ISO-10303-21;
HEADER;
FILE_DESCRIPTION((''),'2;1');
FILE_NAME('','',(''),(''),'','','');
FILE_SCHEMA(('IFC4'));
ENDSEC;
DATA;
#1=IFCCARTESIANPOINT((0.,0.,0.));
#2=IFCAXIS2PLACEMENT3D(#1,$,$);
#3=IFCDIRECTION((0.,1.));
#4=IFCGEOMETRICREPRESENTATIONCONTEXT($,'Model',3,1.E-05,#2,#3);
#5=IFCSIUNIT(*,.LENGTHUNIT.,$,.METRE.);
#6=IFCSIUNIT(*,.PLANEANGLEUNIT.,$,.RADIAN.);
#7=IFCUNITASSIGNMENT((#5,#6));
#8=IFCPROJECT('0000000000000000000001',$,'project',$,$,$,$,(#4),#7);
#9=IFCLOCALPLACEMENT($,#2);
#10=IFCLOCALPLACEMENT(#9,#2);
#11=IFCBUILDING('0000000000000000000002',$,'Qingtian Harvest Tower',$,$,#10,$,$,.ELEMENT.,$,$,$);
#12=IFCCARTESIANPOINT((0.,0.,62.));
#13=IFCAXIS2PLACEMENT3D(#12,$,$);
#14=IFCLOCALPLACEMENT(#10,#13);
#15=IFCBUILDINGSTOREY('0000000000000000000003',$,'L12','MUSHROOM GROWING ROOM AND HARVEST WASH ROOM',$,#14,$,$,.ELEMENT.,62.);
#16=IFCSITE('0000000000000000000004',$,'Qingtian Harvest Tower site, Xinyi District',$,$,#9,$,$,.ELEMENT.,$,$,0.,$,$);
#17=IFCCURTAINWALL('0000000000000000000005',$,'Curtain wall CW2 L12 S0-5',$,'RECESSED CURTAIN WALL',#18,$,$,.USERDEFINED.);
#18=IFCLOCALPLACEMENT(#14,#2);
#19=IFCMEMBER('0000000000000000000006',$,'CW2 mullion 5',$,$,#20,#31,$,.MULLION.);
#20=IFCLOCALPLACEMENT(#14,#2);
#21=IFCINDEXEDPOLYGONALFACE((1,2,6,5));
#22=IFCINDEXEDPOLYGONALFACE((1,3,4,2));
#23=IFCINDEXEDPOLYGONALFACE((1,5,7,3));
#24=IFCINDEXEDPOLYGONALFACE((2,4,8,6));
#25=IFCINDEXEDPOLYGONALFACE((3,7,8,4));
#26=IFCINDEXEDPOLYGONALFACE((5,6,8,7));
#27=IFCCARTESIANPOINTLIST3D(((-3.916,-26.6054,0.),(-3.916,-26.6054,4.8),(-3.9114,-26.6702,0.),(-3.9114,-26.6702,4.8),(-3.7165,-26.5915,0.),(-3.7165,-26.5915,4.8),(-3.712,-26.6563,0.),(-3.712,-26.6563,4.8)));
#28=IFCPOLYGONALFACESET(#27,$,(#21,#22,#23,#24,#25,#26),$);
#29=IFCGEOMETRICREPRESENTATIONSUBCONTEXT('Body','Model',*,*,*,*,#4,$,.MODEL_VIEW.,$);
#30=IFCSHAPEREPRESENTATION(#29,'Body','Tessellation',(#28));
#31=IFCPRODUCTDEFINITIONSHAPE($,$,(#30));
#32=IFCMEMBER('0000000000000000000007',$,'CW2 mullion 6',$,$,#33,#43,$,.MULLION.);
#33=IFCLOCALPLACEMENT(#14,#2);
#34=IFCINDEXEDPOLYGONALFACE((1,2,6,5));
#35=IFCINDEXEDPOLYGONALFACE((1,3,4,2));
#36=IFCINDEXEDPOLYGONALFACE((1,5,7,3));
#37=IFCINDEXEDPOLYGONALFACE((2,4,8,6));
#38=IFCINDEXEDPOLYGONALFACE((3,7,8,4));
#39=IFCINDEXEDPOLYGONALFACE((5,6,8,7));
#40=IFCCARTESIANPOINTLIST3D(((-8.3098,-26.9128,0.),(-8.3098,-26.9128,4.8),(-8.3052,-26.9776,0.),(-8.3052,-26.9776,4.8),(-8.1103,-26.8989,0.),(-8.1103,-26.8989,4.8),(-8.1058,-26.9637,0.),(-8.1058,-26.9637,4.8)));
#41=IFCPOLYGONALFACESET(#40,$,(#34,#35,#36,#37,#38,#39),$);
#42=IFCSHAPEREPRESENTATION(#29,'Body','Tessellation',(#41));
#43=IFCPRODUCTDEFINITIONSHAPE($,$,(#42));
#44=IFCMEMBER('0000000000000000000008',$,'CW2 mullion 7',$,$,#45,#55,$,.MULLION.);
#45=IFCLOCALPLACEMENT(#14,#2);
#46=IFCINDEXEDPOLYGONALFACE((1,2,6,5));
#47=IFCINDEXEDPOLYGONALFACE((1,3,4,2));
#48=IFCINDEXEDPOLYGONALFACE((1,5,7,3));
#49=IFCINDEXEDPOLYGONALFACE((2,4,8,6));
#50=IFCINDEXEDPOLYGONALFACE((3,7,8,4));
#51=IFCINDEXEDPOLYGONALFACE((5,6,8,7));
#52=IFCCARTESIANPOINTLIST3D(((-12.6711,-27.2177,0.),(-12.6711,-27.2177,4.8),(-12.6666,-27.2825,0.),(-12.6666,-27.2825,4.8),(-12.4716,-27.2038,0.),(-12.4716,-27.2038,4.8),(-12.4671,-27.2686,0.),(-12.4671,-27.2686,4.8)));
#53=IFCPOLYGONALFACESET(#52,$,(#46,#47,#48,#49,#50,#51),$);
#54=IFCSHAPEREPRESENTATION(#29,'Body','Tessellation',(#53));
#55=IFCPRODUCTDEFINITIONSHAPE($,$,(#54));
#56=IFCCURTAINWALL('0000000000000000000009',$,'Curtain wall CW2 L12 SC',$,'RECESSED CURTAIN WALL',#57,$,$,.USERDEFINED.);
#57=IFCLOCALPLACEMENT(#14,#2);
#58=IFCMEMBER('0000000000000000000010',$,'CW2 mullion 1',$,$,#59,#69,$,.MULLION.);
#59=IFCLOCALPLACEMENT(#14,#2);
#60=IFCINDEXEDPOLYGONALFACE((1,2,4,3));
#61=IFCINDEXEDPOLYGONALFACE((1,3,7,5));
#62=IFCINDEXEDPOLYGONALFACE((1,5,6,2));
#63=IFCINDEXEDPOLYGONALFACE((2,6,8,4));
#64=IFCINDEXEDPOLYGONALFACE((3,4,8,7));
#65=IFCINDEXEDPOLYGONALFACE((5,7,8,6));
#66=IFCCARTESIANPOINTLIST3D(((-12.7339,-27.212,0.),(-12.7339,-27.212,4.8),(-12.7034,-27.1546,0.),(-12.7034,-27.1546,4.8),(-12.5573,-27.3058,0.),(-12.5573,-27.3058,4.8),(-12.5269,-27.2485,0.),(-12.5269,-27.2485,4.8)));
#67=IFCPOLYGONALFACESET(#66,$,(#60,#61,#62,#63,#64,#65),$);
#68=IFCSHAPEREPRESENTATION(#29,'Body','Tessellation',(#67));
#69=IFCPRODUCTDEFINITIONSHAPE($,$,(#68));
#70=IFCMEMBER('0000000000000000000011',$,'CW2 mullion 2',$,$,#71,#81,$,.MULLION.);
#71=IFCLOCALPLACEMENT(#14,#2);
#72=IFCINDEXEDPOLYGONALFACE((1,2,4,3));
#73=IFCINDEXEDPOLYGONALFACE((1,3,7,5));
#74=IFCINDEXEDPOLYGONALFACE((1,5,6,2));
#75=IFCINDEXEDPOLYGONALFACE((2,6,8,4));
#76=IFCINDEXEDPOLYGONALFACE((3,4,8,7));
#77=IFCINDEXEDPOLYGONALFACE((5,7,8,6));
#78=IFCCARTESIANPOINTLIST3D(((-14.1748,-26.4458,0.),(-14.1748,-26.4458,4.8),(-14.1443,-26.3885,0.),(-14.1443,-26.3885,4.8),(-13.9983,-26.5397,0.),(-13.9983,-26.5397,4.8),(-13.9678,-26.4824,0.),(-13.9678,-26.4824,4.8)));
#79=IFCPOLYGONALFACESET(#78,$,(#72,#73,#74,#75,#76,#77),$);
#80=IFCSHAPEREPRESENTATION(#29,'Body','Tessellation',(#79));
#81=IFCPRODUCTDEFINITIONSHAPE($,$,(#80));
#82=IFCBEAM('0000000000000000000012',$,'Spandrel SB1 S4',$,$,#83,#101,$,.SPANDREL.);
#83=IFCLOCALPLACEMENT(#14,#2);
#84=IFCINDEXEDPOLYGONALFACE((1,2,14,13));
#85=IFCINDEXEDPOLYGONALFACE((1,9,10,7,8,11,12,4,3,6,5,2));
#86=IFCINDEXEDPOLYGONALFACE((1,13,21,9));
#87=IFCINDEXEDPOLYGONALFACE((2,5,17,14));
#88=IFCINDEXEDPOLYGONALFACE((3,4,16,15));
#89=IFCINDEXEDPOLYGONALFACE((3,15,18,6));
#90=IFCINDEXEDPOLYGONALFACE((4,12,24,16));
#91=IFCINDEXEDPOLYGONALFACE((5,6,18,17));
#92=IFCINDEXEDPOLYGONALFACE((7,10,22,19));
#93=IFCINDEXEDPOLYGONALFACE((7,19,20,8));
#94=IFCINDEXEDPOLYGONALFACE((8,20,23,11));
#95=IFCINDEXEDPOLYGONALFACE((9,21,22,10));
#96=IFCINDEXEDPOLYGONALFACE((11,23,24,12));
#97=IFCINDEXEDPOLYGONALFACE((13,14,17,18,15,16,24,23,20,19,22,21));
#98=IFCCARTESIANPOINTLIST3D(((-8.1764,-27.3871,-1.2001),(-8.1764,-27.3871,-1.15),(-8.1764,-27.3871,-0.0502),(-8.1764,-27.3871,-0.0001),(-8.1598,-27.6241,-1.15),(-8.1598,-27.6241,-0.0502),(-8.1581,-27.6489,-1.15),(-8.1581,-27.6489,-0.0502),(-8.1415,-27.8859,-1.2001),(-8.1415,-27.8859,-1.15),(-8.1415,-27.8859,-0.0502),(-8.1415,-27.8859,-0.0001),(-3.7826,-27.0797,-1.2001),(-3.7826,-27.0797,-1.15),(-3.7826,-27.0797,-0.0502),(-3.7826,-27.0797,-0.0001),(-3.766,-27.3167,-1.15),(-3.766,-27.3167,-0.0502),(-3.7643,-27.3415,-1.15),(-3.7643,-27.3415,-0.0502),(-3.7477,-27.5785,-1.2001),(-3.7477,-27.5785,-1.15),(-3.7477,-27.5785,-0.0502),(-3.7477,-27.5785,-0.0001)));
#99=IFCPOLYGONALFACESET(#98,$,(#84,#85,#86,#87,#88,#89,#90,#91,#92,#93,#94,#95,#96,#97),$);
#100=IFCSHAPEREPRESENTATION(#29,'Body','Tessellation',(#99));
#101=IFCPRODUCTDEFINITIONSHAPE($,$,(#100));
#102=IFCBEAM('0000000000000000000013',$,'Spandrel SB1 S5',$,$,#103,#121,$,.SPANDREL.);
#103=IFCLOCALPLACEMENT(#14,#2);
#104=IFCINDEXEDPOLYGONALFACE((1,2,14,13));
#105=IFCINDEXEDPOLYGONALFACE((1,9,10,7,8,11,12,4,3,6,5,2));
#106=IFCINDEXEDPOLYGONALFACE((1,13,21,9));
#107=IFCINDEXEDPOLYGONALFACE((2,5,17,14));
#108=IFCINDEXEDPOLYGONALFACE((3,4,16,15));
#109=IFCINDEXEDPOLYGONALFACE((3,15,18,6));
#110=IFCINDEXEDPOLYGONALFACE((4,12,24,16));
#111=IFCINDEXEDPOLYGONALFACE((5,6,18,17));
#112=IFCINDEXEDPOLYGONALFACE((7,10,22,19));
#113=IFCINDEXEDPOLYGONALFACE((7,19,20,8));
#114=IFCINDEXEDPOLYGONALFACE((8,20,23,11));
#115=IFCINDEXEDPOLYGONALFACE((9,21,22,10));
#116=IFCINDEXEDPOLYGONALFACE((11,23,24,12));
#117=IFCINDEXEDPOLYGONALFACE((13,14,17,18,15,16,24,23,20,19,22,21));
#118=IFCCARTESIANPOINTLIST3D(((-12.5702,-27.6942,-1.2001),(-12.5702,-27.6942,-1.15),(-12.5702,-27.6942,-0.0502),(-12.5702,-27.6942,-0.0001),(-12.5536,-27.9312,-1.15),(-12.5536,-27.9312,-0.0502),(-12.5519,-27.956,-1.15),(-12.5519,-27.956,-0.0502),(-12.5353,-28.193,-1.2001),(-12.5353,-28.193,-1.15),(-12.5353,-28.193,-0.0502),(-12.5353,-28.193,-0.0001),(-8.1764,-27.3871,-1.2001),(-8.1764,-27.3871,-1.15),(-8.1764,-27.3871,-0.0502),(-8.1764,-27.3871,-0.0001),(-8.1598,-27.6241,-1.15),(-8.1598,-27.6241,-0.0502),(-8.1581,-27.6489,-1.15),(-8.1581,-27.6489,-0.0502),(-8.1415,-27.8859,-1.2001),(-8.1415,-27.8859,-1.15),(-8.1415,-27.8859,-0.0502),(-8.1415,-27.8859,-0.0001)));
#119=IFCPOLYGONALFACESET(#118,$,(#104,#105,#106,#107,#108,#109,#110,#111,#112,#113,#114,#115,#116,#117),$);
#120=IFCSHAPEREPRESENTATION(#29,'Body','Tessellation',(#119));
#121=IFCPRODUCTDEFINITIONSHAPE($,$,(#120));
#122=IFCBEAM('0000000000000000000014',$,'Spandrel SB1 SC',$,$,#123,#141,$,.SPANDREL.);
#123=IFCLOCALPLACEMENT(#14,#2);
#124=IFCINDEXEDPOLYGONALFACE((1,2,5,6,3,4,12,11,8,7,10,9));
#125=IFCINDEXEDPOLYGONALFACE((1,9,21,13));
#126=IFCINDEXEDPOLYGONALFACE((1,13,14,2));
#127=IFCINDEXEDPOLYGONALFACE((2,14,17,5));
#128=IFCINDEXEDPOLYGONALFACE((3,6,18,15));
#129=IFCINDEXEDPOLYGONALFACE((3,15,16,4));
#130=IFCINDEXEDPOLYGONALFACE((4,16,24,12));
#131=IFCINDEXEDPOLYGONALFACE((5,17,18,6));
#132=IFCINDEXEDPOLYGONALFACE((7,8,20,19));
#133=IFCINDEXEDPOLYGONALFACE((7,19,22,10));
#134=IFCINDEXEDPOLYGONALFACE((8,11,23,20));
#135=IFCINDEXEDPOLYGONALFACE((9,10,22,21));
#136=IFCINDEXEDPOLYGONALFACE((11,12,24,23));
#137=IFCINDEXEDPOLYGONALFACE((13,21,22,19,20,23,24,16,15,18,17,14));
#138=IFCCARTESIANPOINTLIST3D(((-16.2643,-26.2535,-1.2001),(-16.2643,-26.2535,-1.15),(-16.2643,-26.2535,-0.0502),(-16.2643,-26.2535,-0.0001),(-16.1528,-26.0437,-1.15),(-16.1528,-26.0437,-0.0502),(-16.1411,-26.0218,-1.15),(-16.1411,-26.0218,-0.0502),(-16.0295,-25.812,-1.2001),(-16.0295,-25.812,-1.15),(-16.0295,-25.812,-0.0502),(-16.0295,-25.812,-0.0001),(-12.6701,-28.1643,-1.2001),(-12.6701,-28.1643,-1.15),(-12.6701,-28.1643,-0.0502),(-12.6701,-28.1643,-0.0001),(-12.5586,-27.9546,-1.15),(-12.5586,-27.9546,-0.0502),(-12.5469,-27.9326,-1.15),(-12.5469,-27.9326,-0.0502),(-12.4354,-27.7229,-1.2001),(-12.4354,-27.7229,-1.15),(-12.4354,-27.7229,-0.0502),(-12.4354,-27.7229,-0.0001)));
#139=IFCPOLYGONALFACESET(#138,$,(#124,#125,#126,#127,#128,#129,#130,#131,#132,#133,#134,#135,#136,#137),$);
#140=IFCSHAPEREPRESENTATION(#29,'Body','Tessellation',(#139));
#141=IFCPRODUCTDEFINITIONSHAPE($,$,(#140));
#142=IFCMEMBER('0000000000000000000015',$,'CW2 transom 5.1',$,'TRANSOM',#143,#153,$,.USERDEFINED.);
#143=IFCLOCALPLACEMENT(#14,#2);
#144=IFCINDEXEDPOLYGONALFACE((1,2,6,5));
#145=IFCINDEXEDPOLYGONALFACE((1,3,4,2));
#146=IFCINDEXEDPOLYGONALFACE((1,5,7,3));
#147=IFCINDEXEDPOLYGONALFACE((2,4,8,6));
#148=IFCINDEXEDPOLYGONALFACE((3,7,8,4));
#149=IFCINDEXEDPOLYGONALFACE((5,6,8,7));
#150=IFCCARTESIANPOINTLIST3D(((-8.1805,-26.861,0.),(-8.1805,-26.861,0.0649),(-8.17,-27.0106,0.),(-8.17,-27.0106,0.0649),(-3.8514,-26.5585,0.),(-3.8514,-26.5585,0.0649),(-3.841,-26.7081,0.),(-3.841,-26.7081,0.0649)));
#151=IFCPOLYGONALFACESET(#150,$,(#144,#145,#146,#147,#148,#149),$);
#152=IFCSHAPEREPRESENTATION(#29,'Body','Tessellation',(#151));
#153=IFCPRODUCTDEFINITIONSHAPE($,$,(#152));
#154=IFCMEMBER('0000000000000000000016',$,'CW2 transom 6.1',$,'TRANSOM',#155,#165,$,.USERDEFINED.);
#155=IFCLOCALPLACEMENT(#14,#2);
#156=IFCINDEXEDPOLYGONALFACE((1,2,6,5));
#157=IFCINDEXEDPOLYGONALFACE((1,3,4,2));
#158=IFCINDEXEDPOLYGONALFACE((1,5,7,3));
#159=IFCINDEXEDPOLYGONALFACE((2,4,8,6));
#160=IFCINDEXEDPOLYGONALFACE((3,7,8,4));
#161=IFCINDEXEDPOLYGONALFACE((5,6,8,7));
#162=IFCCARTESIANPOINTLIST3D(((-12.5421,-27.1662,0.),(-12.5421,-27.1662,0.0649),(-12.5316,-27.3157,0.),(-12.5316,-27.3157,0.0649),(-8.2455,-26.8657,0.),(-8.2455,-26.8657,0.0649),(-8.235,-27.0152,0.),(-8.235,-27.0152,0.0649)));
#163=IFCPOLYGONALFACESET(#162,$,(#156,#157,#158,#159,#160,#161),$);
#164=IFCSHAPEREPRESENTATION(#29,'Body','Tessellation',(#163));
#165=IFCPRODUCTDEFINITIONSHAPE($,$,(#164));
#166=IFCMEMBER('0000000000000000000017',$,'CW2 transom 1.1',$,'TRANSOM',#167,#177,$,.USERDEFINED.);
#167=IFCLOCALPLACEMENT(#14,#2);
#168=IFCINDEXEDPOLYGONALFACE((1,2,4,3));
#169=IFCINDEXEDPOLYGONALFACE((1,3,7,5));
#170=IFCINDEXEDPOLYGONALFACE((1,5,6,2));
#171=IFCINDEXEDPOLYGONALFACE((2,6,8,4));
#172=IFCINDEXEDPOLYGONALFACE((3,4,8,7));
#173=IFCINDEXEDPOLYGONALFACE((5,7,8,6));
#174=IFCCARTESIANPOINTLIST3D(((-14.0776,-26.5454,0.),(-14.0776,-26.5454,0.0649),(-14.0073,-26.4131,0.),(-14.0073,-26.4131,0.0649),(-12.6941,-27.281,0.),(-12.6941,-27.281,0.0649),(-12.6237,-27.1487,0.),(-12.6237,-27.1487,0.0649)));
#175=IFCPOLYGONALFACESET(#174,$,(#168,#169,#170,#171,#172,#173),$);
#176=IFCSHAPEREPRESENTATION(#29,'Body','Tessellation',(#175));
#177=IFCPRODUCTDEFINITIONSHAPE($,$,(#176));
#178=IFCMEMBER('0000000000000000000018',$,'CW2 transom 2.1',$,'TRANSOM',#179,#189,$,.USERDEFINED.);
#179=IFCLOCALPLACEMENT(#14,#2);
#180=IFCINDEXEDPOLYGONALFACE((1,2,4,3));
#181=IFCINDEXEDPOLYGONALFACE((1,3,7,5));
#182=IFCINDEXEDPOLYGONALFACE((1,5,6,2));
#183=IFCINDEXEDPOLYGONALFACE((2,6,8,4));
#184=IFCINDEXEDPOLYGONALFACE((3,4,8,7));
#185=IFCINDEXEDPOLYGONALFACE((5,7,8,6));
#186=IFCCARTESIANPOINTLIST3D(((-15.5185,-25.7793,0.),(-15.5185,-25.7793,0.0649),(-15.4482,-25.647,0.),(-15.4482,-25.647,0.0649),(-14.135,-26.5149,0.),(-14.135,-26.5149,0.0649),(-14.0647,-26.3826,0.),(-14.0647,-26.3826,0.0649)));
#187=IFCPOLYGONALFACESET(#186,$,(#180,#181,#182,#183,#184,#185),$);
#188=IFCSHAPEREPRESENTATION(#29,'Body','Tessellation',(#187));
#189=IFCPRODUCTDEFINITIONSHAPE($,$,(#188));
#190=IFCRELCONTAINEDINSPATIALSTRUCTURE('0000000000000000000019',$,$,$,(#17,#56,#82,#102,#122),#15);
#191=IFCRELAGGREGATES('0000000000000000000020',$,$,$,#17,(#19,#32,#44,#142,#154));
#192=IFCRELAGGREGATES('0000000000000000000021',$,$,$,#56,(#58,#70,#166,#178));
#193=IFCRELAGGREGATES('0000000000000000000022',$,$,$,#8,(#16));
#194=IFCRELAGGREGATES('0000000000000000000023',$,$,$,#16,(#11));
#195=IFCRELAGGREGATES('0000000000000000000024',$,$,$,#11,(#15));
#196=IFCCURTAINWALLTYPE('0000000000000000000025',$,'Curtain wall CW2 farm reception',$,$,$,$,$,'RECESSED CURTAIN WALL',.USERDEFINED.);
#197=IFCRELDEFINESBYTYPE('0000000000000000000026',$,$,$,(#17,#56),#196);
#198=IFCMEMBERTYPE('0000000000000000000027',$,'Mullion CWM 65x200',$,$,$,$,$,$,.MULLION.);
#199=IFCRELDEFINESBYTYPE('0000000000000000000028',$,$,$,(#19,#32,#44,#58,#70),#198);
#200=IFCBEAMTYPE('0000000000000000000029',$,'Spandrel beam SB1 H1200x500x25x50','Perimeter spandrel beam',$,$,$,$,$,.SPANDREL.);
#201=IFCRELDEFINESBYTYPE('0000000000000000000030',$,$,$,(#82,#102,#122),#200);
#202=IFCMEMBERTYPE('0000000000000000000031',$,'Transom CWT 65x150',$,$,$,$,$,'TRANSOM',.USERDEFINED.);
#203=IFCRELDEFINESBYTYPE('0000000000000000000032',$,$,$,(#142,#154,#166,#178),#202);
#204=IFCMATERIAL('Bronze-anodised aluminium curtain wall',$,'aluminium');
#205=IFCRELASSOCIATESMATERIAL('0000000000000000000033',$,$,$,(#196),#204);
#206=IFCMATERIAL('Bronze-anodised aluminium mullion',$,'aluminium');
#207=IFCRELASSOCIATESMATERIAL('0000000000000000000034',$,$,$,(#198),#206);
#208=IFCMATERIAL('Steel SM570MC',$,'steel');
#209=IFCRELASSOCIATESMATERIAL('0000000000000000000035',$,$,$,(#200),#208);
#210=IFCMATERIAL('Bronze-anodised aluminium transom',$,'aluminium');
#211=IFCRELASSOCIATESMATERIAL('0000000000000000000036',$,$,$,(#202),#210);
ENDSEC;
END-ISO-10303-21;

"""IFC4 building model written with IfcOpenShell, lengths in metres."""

from ifc_helpers import new_model, si_unit, direction, frame, origin, origin_2d, place, context, subcontext, project, spatial, rectangle, i_section, extrude, material, material_profile, profile_set, type_object, element, aggregate, save


model = new_model("IFC4")

# Units and contexts
model_context = context("Model", 3, precision=1e-05, world=origin(), true_north=direction((0.0, 1.0)))
body_context = subcontext(model_context, "Body", "Model", "MODEL_VIEW")
ifc_project = project(units=[si_unit("LENGTHUNIT", "METRE"), si_unit("PLANEANGLEUNIT", "RADIAN")], contexts=[model_context])

# Site, building, storey
site_placement = place(None, origin())
site = spatial("IfcSite", under=ifc_project, at=site_placement, Name="Qingtian Harvest Tower site, Xinyi District", CompositionType="ELEMENT", RefElevation=0.0)
building_placement = place(site_placement, origin())
building = spatial("IfcBuilding", under=site, at=building_placement, Name="Qingtian Harvest Tower", CompositionType="ELEMENT")
storey_placement = place(building_placement, frame((0.0, 0.0, 62.0)))
storey = spatial("IfcBuildingStorey", under=building, at=storey_placement, Name="L12", Description="MUSHROOM GROWING ROOM AND HARVEST WASH ROOM", CompositionType="ELEMENT", Elevation=62.0)

# Curtain walls, members
ifc_material_1 = material(Name="Bronze-anodised aluminium curtain wall", Category="aluminium")
curtain_wall_type = type_object("IfcCurtainWallType", Name="Curtain wall CW2 farm reception", ElementType="RECESSED CURTAIN WALL", PredefinedType="USERDEFINED", material=ifc_material_1)
curtain_wall_1_placement = place(storey_placement, origin())
curtain_wall_1 = element("IfcCurtainWall", 1, at=curtain_wall_1_placement, inside=storey, type_object=curtain_wall_type, Name="Curtain wall CW2 L12 S0-5", ObjectType="RECESSED CURTAIN WALL", PredefinedType="USERDEFINED")
ifc_material_2 = material(Name="Bronze-anodised aluminium mullion", Category="aluminium")
ifc_material_profile_1 = material_profile(ifc_material_2, rectangle(XDim=0.0649, YDim=0.2, at=origin_2d()), Name="AL 65x200")
ifc_profile_set_1 = profile_set([ifc_material_profile_1], Name="Bronze-anodised aluminium mullion")
member_type_1 = type_object("IfcMemberType", Name="Mullion CWM 65x200", PredefinedType="MULLION", material=ifc_profile_set_1)
member_1_placement = place(storey_placement, frame((-3.814, -26.6309, 0.0), z_axis=(0.0, 0.0, 1.0), x_axis=(0.069756, -0.997564, 0.0)))
member_1 = element("IfcMember", 2, at=member_1_placement, type_object=member_type_1, Name="CW2 mullion 5", PredefinedType="MULLION", context=body_context, shape_type="SweptSolid", body=[
    extrude(rectangle(XDim=0.0649, YDim=0.2, at=origin_2d()), origin(), (0.0, 0.0, 1.0), 4.8),
])
member_2_placement = place(storey_placement, frame((-8.2078, -26.9382, 0.0), z_axis=(0.0, 0.0, 1.0), x_axis=(0.069756, -0.997564, 0.0)))
member_2 = element("IfcMember", 3, at=member_2_placement, type_object=member_type_1, Name="CW2 mullion 6", PredefinedType="MULLION", context=body_context, shape_type="SweptSolid", body=[
    extrude(rectangle(XDim=0.0649, YDim=0.2, at=origin_2d()), origin(), (0.0, 0.0, 1.0), 4.8),
])
member_3_placement = place(storey_placement, frame((-12.5691, -27.2432, 0.0), z_axis=(0.0, 0.0, 1.0), x_axis=(0.069756, -0.997564, 0.0)))
member_3 = element("IfcMember", 4, at=member_3_placement, type_object=member_type_1, Name="CW2 mullion 7", PredefinedType="MULLION", context=body_context, shape_type="SweptSolid", body=[
    extrude(rectangle(XDim=0.0649, YDim=0.2, at=origin_2d()), origin(), (0.0, 0.0, 1.0), 4.8),
])
curtain_wall_2_placement = place(storey_placement, origin())
curtain_wall_2 = element("IfcCurtainWall", 5, at=curtain_wall_2_placement, inside=storey, type_object=curtain_wall_type, Name="Curtain wall CW2 L12 SC", ObjectType="RECESSED CURTAIN WALL", PredefinedType="USERDEFINED")
member_4_placement = place(storey_placement, frame((-12.6304, -27.2302, 0.0), z_axis=(0.0, 0.0, 1.0), x_axis=(-0.469472, -0.882948, 0.0)))
member_4 = element("IfcMember", 6, at=member_4_placement, type_object=member_type_1, Name="CW2 mullion 1", PredefinedType="MULLION", context=body_context, shape_type="SweptSolid", body=[
    extrude(rectangle(XDim=0.0649, YDim=0.2, at=origin_2d()), origin(), (0.0, 0.0, 1.0), 4.8),
])
member_5_placement = place(storey_placement, frame((-14.0713, -26.4641, 0.0), z_axis=(0.0, 0.0, 1.0), x_axis=(-0.469472, -0.882948, 0.0)))
member_5 = element("IfcMember", 7, at=member_5_placement, type_object=member_type_1, Name="CW2 mullion 2", PredefinedType="MULLION", context=body_context, shape_type="SweptSolid", body=[
    extrude(rectangle(XDim=0.0649, YDim=0.2, at=origin_2d()), origin(), (0.0, 0.0, 1.0), 4.8),
])

# Beams
ifc_material_3 = material(Name="Steel SM570MC", Category="steel")
ifc_material_profile_2 = material_profile(ifc_material_3, i_section(OverallWidth=0.5, OverallDepth=1.2, WebThickness=0.0249, FlangeThickness=0.05, at=origin_2d()), Name="H1200x500x25x50")
ifc_profile_set_2 = profile_set([ifc_material_profile_2], Name="Steel SM570MC")
beam_type_1 = type_object("IfcBeamType", Name="Spandrel beam SB1 H1200x500x25x50", Description="Perimeter spandrel beam", PredefinedType="SPANDREL", material=ifc_profile_set_2)
for number, where, z_axis, x_axis, name in (
    (8, (-3.7651, -27.3291, -0.6001), (-0.997562, -0.069786, 0.0), (0.069786, -0.997562, 0.0), "Spandrel SB1 S4"),
    (9, (-8.1589, -27.6365, -0.6001), (-0.997566, -0.06973, 0.0), (0.06973, -0.997566, 0.0), "Spandrel SB1 S5"),
):
    element("IfcBeam", number, at=place(storey_placement, frame(where, z_axis=z_axis, x_axis=x_axis)), inside=storey, type_object=beam_type_1, Name=name, PredefinedType="SPANDREL", context=body_context, shape_type="SweptSolid", body=[
        extrude(i_section(OverallWidth=0.5, OverallDepth=1.2, WebThickness=0.0249, FlangeThickness=0.05, at=origin_2d()), origin(), (0.0, 0.0, 1.0), 4.4045),
    ])
beam_1_placement = place(storey_placement, frame((-12.5527, -27.9436, -0.6001), z_axis=(-0.882968, 0.469433, 0.0), x_axis=(-0.469433, -0.882968, 0.0)))
element("IfcBeam", 10, at=beam_1_placement, inside=storey, type_object=beam_type_1, Name="Spandrel SB1 SC", PredefinedType="SPANDREL", context=body_context, shape_type="SweptSolid", body=[
    extrude(i_section(OverallWidth=0.5, OverallDepth=1.2, WebThickness=0.0249, FlangeThickness=0.05, at=origin_2d()), origin(), (0.0, 0.0, 1.0), 4.0706),
])

# Members
ifc_material_4 = material(Name="Bronze-anodised aluminium transom", Category="aluminium")
ifc_material_profile_3 = material_profile(ifc_material_4, rectangle(XDim=0.1499, YDim=0.0649, at=origin_2d()), Name="AL 65x150")
ifc_profile_set_3 = profile_set([ifc_material_profile_3], Name="Bronze-anodised aluminium transom")
member_type_2 = type_object("IfcMemberType", Name="Transom CWT 65x150", ElementType="TRANSOM", PredefinedType="USERDEFINED", material=ifc_profile_set_3)
member_6_placement = place(storey_placement, frame((-3.8462, -26.6333, 0.0325), z_axis=(-0.997568, -0.069704, 0.0), x_axis=(0.069704, -0.997568, 0.0)))
member_6 = element("IfcMember", 11, at=member_6_placement, type_object=member_type_2, Name="CW2 transom 5.1", ObjectType="TRANSOM", PredefinedType="USERDEFINED", context=body_context, shape_type="SweptSolid", body=[
    extrude(rectangle(XDim=0.1499, YDim=0.0649, at=origin_2d()), origin(), (0.0, 0.0, 1.0), 4.3396),
])
member_7_placement = place(storey_placement, frame((-8.2402, -26.9404, 0.0325), z_axis=(-0.997563, -0.069777, 0.0), x_axis=(0.069777, -0.997563, 0.0)))
member_7 = element("IfcMember", 12, at=member_7_placement, type_object=member_type_2, Name="CW2 transom 6.1", ObjectType="TRANSOM", PredefinedType="USERDEFINED", context=body_context, shape_type="SweptSolid", body=[
    extrude(rectangle(XDim=0.1499, YDim=0.0649, at=origin_2d()), origin(), (0.0, 0.0, 1.0), 4.3071),
])
member_8_placement = place(storey_placement, frame((-12.6589, -27.2148, 0.0325), z_axis=(-0.88296, 0.469448, 0.0), x_axis=(-0.469448, -0.88296, 0.0)))
member_8 = element("IfcMember", 13, at=member_8_placement, type_object=member_type_2, Name="CW2 transom 1.1", ObjectType="TRANSOM", PredefinedType="USERDEFINED", context=body_context, shape_type="SweptSolid", body=[
    extrude(rectangle(XDim=0.1499, YDim=0.0649, at=origin_2d()), origin(), (0.0, 0.0, 1.0), 1.5669),
])
member_9_placement = place(storey_placement, frame((-14.0999, -26.4487, 0.0325), z_axis=(-0.88296, 0.469448, 0.0), x_axis=(-0.469448, -0.88296, 0.0)))
member_9 = element("IfcMember", 14, at=member_9_placement, type_object=member_type_2, Name="CW2 transom 2.1", ObjectType="TRANSOM", PredefinedType="USERDEFINED", context=body_context, shape_type="SweptSolid", body=[
    extrude(rectangle(XDim=0.1499, YDim=0.0649, at=origin_2d()), origin(), (0.0, 0.0, 1.0), 1.5669),
])

aggregate(curtain_wall_1, [member_1, member_2, member_3, member_6, member_7])
aggregate(curtain_wall_2, [member_4, member_5, member_8, member_9])

save(model, "model.ifc")
